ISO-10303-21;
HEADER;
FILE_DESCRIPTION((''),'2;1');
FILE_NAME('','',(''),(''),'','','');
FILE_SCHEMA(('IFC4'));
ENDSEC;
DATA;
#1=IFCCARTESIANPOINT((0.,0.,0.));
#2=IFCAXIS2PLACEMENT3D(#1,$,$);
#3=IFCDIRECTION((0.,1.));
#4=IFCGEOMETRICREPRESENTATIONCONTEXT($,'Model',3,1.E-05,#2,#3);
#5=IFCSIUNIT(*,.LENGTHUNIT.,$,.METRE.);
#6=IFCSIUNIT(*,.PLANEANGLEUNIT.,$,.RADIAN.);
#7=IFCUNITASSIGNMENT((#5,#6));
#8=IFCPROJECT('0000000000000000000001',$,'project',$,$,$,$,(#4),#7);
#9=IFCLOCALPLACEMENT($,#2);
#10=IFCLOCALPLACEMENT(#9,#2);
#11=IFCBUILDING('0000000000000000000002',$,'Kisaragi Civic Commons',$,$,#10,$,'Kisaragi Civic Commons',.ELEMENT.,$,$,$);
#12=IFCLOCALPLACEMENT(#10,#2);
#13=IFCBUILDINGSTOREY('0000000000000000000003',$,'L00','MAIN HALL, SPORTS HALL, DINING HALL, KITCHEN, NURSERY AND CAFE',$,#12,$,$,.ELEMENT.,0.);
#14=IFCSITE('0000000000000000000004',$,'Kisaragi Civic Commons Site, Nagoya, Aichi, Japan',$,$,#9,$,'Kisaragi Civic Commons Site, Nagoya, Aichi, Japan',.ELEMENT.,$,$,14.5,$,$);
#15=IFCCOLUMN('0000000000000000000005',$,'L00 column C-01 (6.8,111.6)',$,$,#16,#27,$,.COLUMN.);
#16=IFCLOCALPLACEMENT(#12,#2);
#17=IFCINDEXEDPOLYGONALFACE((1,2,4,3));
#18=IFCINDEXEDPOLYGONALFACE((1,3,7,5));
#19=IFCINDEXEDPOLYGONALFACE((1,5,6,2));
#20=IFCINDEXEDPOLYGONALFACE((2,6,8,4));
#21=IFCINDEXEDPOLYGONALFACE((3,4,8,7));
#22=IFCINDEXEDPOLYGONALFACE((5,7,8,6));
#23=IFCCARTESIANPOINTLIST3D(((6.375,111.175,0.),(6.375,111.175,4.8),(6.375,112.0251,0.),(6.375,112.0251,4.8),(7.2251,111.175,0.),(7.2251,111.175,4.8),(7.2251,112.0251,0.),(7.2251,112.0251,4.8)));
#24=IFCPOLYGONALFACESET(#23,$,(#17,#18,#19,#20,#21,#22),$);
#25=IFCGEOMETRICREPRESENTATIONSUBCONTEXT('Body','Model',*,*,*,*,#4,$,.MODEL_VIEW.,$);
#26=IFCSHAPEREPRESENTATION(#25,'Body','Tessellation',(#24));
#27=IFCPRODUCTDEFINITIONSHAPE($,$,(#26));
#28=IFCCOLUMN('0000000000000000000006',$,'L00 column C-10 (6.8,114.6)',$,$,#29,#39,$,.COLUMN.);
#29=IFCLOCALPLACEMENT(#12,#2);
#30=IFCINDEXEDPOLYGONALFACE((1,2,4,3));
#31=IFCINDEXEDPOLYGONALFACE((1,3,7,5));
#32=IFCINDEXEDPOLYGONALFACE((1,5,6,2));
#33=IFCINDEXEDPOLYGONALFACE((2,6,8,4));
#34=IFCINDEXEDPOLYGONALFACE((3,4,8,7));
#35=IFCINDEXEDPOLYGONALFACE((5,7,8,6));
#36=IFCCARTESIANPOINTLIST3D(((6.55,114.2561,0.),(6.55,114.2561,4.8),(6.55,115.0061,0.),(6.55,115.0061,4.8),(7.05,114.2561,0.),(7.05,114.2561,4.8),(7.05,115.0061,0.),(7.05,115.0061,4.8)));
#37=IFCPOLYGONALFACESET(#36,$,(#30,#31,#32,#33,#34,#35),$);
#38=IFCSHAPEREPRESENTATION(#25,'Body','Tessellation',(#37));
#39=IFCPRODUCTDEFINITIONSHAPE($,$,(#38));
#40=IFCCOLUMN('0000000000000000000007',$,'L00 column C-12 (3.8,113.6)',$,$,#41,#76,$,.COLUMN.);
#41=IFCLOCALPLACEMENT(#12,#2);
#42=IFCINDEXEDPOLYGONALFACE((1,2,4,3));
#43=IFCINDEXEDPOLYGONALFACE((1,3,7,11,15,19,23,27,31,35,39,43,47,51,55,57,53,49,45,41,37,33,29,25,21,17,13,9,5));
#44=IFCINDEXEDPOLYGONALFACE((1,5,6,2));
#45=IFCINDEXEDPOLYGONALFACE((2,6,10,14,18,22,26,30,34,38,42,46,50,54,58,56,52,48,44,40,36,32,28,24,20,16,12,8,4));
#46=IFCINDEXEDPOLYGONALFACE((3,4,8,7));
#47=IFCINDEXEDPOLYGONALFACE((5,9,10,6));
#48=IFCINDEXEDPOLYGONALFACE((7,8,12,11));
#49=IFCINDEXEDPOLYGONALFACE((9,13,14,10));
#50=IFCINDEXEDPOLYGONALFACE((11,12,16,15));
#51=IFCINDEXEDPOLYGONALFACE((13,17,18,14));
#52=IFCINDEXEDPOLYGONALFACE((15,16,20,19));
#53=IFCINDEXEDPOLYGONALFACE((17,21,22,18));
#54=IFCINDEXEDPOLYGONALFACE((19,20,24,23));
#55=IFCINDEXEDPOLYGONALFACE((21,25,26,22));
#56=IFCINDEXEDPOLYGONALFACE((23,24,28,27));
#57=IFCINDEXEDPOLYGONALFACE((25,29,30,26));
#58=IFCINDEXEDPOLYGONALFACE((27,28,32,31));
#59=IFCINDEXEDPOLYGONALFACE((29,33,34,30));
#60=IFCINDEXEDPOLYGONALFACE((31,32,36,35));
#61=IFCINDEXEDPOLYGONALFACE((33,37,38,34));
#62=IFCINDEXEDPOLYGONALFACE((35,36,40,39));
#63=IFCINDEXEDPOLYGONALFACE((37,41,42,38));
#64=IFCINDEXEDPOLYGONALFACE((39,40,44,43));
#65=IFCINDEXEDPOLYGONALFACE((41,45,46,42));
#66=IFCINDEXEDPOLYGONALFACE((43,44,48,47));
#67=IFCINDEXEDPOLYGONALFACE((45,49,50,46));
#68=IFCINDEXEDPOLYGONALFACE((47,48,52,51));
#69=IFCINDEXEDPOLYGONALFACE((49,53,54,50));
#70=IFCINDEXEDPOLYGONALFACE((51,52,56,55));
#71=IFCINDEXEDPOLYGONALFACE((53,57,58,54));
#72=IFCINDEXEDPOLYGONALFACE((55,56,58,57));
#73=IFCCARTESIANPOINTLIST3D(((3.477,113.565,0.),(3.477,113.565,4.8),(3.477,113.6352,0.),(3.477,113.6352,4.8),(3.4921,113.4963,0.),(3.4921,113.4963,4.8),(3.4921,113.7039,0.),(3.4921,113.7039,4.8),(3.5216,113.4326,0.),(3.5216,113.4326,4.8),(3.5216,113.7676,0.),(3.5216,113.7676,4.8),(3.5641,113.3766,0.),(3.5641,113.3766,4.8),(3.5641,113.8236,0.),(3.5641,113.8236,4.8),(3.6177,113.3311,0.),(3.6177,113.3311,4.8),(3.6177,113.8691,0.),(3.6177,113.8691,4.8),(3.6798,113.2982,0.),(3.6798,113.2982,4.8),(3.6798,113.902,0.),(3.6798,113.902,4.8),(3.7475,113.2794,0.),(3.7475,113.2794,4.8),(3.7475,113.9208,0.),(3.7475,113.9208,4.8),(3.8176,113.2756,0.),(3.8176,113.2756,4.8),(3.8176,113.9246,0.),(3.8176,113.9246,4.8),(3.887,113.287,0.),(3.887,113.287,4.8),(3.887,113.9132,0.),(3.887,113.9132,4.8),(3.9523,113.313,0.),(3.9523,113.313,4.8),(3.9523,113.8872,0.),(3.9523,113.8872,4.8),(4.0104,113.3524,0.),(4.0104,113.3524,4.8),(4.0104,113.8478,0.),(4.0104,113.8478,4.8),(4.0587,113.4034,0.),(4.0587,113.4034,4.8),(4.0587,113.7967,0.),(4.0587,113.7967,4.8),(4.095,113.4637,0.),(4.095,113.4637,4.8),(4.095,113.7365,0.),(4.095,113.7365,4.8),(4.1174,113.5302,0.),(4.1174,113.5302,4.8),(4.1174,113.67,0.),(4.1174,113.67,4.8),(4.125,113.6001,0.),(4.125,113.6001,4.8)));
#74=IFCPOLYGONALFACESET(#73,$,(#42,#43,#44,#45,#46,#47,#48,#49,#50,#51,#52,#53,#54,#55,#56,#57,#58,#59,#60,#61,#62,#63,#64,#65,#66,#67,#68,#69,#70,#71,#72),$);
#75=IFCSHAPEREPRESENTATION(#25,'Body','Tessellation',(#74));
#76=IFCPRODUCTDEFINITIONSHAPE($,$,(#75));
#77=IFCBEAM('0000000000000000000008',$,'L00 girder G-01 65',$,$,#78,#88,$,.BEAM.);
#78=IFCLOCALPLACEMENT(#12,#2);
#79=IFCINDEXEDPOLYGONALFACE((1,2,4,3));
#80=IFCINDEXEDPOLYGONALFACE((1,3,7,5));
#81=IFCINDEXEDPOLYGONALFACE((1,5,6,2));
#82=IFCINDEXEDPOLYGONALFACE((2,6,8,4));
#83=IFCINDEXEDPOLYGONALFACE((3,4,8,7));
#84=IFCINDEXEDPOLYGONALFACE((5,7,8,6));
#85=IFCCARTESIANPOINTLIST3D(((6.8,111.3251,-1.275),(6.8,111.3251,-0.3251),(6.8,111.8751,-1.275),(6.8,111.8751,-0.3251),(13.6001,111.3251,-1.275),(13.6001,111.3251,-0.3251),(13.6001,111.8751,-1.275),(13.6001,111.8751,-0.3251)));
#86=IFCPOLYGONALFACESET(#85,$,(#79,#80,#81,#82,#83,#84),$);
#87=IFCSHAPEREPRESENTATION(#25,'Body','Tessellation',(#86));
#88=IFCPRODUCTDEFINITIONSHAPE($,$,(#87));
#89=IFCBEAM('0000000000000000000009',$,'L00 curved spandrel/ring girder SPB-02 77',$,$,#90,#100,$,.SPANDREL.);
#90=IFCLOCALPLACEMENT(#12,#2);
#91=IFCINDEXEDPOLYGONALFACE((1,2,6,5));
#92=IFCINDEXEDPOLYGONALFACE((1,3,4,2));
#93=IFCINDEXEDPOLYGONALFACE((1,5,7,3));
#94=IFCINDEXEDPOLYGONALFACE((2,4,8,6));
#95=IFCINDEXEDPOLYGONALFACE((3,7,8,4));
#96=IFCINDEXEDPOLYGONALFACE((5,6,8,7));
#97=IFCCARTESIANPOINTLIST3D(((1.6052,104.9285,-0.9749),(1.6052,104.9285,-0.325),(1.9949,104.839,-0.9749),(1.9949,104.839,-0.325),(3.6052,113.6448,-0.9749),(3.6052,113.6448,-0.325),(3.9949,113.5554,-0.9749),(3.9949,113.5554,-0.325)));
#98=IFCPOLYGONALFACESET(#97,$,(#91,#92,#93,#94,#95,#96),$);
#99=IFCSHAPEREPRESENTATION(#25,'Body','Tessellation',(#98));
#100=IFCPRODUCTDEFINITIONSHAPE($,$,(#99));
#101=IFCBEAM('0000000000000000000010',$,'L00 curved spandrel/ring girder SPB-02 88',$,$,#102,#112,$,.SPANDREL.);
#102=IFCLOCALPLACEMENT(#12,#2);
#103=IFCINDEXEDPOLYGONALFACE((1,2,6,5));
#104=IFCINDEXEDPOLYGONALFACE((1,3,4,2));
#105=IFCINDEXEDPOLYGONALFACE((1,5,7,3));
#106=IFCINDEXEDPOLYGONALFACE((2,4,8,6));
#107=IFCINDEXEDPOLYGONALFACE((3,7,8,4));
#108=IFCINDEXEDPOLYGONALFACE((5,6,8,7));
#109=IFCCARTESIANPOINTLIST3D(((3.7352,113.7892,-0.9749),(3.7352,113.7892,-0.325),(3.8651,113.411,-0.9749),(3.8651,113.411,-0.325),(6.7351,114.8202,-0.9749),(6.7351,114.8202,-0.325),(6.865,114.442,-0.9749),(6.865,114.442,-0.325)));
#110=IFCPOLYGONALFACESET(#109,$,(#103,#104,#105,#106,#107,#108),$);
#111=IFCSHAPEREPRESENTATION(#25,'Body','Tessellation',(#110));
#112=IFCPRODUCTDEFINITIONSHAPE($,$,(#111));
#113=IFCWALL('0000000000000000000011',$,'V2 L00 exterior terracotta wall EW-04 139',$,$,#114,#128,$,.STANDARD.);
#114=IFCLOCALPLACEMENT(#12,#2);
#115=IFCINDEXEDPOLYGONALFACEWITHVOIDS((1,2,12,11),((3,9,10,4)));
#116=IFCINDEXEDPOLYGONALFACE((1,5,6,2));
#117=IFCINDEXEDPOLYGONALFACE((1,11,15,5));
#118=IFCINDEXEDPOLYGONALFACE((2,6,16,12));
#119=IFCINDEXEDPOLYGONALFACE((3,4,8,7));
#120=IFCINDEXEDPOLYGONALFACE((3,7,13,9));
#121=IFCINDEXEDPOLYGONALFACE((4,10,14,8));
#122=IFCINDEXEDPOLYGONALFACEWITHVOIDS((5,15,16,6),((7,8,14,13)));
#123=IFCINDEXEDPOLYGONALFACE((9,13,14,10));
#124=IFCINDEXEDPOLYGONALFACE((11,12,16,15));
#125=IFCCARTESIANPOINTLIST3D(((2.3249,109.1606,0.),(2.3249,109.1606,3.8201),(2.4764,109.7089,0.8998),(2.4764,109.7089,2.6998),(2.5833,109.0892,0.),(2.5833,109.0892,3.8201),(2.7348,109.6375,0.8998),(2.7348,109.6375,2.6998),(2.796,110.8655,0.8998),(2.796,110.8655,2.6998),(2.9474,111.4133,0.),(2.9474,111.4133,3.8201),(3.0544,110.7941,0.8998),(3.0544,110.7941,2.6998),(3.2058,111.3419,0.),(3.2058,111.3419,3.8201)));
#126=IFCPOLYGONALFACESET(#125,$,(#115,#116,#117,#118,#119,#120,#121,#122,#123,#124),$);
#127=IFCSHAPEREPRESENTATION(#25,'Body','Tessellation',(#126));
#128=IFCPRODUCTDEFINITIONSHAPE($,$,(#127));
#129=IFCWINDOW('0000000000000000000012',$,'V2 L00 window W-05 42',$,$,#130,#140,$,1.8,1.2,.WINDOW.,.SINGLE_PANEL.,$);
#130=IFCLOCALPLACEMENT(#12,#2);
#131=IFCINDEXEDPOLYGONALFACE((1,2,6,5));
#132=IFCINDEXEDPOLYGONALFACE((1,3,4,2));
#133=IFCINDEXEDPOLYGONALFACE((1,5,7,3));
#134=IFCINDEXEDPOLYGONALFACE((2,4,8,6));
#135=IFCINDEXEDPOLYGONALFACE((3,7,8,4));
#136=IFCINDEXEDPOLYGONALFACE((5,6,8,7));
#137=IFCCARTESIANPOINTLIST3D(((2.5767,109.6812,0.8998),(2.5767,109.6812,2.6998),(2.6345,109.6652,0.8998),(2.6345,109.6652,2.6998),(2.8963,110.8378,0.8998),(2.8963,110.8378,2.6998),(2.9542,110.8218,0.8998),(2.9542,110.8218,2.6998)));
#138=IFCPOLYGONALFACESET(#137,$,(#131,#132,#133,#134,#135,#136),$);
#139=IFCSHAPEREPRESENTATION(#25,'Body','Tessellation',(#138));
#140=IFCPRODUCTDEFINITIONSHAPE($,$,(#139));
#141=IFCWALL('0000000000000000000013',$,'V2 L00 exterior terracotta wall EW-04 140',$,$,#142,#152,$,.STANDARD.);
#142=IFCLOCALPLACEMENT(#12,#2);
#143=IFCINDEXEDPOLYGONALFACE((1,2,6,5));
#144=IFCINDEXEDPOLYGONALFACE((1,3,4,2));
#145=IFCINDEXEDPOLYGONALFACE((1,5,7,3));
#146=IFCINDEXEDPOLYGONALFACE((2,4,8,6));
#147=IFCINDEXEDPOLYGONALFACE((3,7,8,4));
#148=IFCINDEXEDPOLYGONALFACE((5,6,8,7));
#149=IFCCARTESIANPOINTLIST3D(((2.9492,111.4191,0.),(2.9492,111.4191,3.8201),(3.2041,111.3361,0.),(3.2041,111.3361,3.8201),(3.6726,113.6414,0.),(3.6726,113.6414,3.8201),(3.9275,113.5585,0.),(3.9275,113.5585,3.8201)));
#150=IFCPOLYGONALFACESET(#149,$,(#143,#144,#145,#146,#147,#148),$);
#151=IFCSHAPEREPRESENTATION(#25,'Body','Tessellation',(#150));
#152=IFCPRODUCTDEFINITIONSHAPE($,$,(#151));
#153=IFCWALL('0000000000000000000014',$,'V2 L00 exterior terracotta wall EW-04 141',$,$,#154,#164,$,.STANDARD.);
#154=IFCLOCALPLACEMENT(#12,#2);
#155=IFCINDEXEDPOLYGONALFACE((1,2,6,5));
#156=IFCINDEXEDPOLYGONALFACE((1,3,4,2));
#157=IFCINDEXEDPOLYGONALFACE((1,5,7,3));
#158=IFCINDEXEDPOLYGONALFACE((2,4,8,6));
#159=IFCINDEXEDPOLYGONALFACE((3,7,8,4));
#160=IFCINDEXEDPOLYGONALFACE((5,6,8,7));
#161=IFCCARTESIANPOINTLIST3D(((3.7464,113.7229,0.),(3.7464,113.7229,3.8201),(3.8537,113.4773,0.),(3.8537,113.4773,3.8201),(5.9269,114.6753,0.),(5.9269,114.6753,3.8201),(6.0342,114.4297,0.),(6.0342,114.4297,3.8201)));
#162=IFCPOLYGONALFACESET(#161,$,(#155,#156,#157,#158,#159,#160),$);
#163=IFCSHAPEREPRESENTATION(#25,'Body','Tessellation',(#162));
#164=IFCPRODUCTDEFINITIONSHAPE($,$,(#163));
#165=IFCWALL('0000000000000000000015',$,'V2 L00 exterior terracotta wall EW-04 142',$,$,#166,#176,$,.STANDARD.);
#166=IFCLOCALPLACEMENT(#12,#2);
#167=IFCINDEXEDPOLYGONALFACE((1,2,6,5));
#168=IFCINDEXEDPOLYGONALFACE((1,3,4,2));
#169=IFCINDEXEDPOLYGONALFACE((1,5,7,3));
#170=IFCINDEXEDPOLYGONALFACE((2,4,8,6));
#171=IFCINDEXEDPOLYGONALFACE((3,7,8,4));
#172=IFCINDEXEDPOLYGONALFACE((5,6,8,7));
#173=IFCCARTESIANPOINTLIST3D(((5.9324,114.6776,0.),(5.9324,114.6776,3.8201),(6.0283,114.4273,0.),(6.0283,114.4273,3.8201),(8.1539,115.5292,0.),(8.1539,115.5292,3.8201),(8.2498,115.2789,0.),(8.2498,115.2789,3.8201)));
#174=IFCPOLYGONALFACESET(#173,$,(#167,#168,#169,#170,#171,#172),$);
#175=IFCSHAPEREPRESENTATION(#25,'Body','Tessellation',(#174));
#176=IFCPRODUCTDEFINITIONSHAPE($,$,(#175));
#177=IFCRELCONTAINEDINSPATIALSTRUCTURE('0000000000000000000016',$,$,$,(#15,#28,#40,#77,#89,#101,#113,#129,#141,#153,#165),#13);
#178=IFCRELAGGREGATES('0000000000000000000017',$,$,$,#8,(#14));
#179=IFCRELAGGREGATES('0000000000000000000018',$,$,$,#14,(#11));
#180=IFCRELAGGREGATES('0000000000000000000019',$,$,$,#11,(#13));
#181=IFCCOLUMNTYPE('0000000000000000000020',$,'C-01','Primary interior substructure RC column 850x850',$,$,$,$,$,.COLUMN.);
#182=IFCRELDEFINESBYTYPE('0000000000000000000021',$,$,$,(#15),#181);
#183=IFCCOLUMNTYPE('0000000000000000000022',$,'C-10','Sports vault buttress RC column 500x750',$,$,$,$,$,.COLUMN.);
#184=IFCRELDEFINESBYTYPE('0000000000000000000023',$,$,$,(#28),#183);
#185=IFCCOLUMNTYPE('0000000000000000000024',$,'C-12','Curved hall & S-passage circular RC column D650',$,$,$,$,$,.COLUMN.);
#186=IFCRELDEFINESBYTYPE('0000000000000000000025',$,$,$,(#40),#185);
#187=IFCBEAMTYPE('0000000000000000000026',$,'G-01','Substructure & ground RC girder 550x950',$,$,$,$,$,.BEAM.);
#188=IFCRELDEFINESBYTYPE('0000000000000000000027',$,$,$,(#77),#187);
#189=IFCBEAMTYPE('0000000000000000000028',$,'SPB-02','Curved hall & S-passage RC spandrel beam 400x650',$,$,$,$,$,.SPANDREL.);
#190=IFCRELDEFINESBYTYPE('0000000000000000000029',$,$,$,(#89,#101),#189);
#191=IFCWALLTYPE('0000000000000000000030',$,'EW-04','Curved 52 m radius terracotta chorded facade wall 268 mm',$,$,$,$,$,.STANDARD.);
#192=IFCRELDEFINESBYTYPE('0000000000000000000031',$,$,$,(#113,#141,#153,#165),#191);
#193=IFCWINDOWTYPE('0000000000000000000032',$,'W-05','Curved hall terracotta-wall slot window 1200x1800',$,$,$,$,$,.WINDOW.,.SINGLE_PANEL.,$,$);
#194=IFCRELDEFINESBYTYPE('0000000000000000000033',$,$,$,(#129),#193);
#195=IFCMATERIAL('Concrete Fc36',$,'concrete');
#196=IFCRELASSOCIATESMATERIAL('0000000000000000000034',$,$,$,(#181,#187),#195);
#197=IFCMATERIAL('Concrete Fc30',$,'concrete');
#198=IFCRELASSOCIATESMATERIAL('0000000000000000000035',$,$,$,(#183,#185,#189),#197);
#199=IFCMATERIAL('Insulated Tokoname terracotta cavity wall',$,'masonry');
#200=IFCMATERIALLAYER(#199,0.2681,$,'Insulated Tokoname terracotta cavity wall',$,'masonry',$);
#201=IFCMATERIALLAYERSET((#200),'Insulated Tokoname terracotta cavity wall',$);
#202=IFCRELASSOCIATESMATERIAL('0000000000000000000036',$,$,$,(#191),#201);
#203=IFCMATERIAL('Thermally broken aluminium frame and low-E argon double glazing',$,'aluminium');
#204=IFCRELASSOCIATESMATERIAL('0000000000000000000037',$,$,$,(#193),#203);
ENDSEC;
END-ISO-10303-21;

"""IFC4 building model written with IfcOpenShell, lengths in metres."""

from ifc_helpers import new_model, si_unit, direction, frame, frame_2d, origin, origin_2d, place, context, subcontext, project, spatial, rectangle, circle, extrude, material, layer, layer_set, material_profile, profile_set, type_object, element, fill, save


model = new_model("IFC4")

# Units and contexts
model_context = context("Model", 3, precision=1e-05, world=origin(), true_north=direction((0.0, 1.0)))
body_context = subcontext(model_context, "Body", "Model", "MODEL_VIEW")
ifc_project = project(units=[si_unit("LENGTHUNIT", "METRE"), si_unit("PLANEANGLEUNIT", "RADIAN")], contexts=[model_context])

# Site, building, storey
site_placement = place(None, origin())
site = spatial("IfcSite", under=ifc_project, at=site_placement, Name="Kisaragi Civic Commons Site, Nagoya, Aichi, Japan", LongName="Kisaragi Civic Commons Site, Nagoya, Aichi, Japan", CompositionType="ELEMENT", RefElevation=14.5)
building_placement = place(site_placement, origin())
building = spatial("IfcBuilding", under=site, at=building_placement, Name="Kisaragi Civic Commons", LongName="Kisaragi Civic Commons", CompositionType="ELEMENT")
storey_placement = place(building_placement, origin())
storey = spatial("IfcBuildingStorey", under=building, at=storey_placement, Name="L00", Description="MAIN HALL, SPORTS HALL, DINING HALL, KITCHEN, NURSERY AND CAFE", CompositionType="ELEMENT", Elevation=0.0)

# Columns
ifc_material_1 = material(Name="Concrete Fc36", Category="concrete")
ifc_material_profile_1 = material_profile(ifc_material_1, rectangle(XDim=0.8501, YDim=0.8501, at=origin_2d()), Name="RC-850x850", Category="concrete")
ifc_profile_set_1 = profile_set([ifc_material_profile_1], Name="Concrete Fc36")
column_type_1 = type_object("IfcColumnType", Name="C-01", Description="Primary interior substructure RC column 850x850", PredefinedType="COLUMN", material=ifc_profile_set_1)
column_1_placement = place(storey_placement, frame((6.8, 111.6001, 0.0), z_axis=(0.0, 0.0, 1.0), x_axis=(1.0, 0.0, 0.0)))
element("IfcColumn", 1, at=column_1_placement, inside=storey, type_object=column_type_1, Name="L00 column C-01 (6.8,111.6)", PredefinedType="COLUMN", context=body_context, shape_type="SweptSolid", body=[
    extrude(rectangle(XDim=0.8501, YDim=0.8501, at=origin_2d()), origin(), (0.0, 0.0, 1.0), 4.8),
])
ifc_material_2 = material(Name="Concrete Fc30", Category="concrete")
ifc_material_profile_2 = material_profile(ifc_material_2, rectangle(XDim=0.5, YDim=0.75, at=origin_2d()), Name="RC-500x750", Category="concrete")
ifc_profile_set_2 = profile_set([ifc_material_profile_2], Name="Concrete Fc30")
column_type_2 = type_object("IfcColumnType", Name="C-10", Description="Sports vault buttress RC column 500x750", PredefinedType="COLUMN", material=ifc_profile_set_2)
column_2_placement = place(storey_placement, frame((6.8, 114.6311, 0.0), z_axis=(0.0, 0.0, 1.0), x_axis=(1.0, 0.0, 0.0)))
element("IfcColumn", 2, at=column_2_placement, inside=storey, type_object=column_type_2, Name="L00 column C-10 (6.8,114.6)", PredefinedType="COLUMN", context=body_context, shape_type="SweptSolid", body=[
    extrude(rectangle(XDim=0.5, YDim=0.75, at=origin_2d()), origin(), (0.0, 0.0, 1.0), 4.8),
])
ifc_material_profile_3 = material_profile(ifc_material_2, circle(Radius=0.325, at=origin_2d()), Name="RC-D650", Category="concrete")
ifc_profile_set_3 = profile_set([ifc_material_profile_3], Name="Concrete Fc30")
column_type_3 = type_object("IfcColumnType", Name="C-12", Description="Curved hall & S-passage circular RC column D650", PredefinedType="COLUMN", material=ifc_profile_set_3)
column_3_placement = place(storey_placement, frame((3.8, 113.6001, 0.0), z_axis=(0.0, 0.0, 1.0), x_axis=(1.0, 0.0, 0.0)))
element("IfcColumn", 3, at=column_3_placement, inside=storey, type_object=column_type_3, Name="L00 column C-12 (3.8,113.6)", PredefinedType="COLUMN", context=body_context, shape_type="SweptSolid", body=[
    extrude(circle(Radius=0.325, at=origin_2d()), origin(), (0.0, 0.0, 1.0), 4.8),
])

# Beams
ifc_material_profile_4 = material_profile(ifc_material_1, rectangle(XDim=0.55, YDim=0.95, at=origin_2d()), Name="RC-550x950", Category="concrete")
ifc_profile_set_4 = profile_set([ifc_material_profile_4], Name="Concrete Fc36")
beam_type_1 = type_object("IfcBeamType", Name="G-01", Description="Substructure & ground RC girder 550x950", PredefinedType="BEAM", material=ifc_profile_set_4)
beam_1_placement = place(storey_placement, frame((6.8, 111.6001, -0.8), z_axis=(1.0, 0.0, 0.0), x_axis=(0.0, 1.0, 0.0)))
element("IfcBeam", 4, at=beam_1_placement, inside=storey, type_object=beam_type_1, Name="L00 girder G-01 65", PredefinedType="BEAM", context=body_context, shape_type="SweptSolid", body=[
    extrude(rectangle(XDim=0.55, YDim=0.95, at=origin_2d()), origin(), (0.0, 0.0, 1.0), 6.8),
])
ifc_material_profile_5 = material_profile(ifc_material_2, rectangle(XDim=0.3999, YDim=0.6499, at=origin_2d()), Name="RC-400x650", Category="concrete")
ifc_profile_set_5 = profile_set([ifc_material_profile_5], Name="Concrete Fc30")
beam_type_2 = type_object("IfcBeamType", Name="SPB-02", Description="Curved hall & S-passage RC spandrel beam 400x650", PredefinedType="SPANDREL", material=ifc_profile_set_5)
beam_2_placement = place(storey_placement, frame((3.8, 113.6001, -0.6499), z_axis=(-0.223643, -0.974671, 0.0), x_axis=(0.974671, -0.223643, 0.0)))
element("IfcBeam", 5, at=beam_2_placement, inside=storey, type_object=beam_type_2, Name="L00 curved spandrel/ring girder SPB-02 77", PredefinedType="SPANDREL", context=body_context, shape_type="SweptSolid", body=[
    extrude(rectangle(XDim=0.3999, YDim=0.6499, at=origin_2d()), origin(), (0.0, 0.0, 1.0), 8.9429),
])
beam_3_placement = place(storey_placement, frame((6.8, 114.6311, -0.6499), z_axis=(-0.94571, -0.325011, 0.0), x_axis=(0.325011, -0.94571, 0.0)))
element("IfcBeam", 6, at=beam_3_placement, inside=storey, type_object=beam_type_2, Name="L00 curved spandrel/ring girder SPB-02 88", PredefinedType="SPANDREL", context=body_context, shape_type="SweptSolid", body=[
    extrude(rectangle(XDim=0.3999, YDim=0.6499, at=origin_2d()), origin(), (0.0, 0.0, 1.0), 3.1721),
])

# Wall, opening, window
ifc_material_3 = material(Name="Insulated Tokoname terracotta cavity wall", Category="masonry")
ifc_layer_1 = layer(ifc_material_3, 0.2681, Name="Insulated Tokoname terracotta cavity wall", Category="masonry")
ifc_layer_set_1 = layer_set([ifc_layer_1], Name="Insulated Tokoname terracotta cavity wall")
wall_type_1 = type_object("IfcWallType", Name="EW-04", Description="Curved 52 m radius terracotta chorded facade wall 268 mm", PredefinedType="STANDARD", material=ifc_layer_set_1)
wall_1_placement = place(storey_placement, frame((2.4541, 109.125, 0.0), z_axis=(0.0, 0.0, 1.0), x_axis=(0.266378, 0.963869, 0.0)))
wall_1 = element("IfcWall", 7, at=wall_1_placement, inside=storey, type_object=wall_type_1, Name="V2 L00 exterior terracotta wall EW-04 139", PredefinedType="STANDARD", context=body_context, shape_type="SweptSolid", body=[
    extrude(rectangle(XDim=2.3372, YDim=0.2681, at=frame_2d((1.1685, 0.0))), origin(), (0.0, 0.0, 1.0), 3.8201),
])
opening_1_placement = place(wall_1_placement, frame((0.5686, 0.0, 0.8999)))
opening_1 = element("IfcOpeningElement", 8, at=opening_1_placement, cuts=wall_1, PredefinedType="OPENING", context=body_context, shape_type="SweptSolid", body=[
    extrude(rectangle(XDim=1.2, YDim=1.8, at=frame_2d((0.6001, 0.8999))), frame((0.0, 0.144, 0.0), z_axis=(0.0, -1.0, 0.0), x_axis=(1.0, 0.0, 0.0)), (0.0, 0.0, 1.0), 0.2881),
])
ifc_material_4 = material(Name="Thermally broken aluminium frame and low-E argon double glazing", Category="aluminium")
window_type = type_object("IfcWindowType", Name="W-05", Description="Curved hall terracotta-wall slot window 1200x1800", PartitioningType="SINGLE_PANEL", PredefinedType="WINDOW", material=ifc_material_4)
window_1_placement = place(opening_1_placement, origin())
window_1 = element("IfcWindow", 9, at=window_1_placement, inside=storey, type_object=window_type, Name="V2 L00 window W-05 42", OverallHeight=1.8, OverallWidth=1.2, PartitioningType="SINGLE_PANEL", PredefinedType="WINDOW", context=body_context, shape_type="SweptSolid", body=[
    extrude(rectangle(XDim=1.2, YDim=1.8, at=frame_2d((0.6001, 0.8999))), frame((0.0, 0.03, 0.0), z_axis=(0.0, -1.0, 0.0), x_axis=(1.0, 0.0, 0.0)), (0.0, 0.0, 1.0), 0.0601),
])
fill(opening_1, window_1)

# Walls
wall_2_placement = place(storey_placement, frame((3.0767, 111.3777, 0.0), z_axis=(0.0, 0.0, 1.0), x_axis=(0.309514, 0.950895, 0.0)))
element("IfcWall", 10, at=wall_2_placement, inside=storey, type_object=wall_type_1, Name="V2 L00 exterior terracotta wall EW-04 140", PredefinedType="STANDARD", context=body_context, shape_type="SweptSolid", body=[
    extrude(rectangle(XDim=2.3372, YDim=0.2681, at=frame_2d((1.1685, 0.0))), origin(), (0.0, 0.0, 1.0), 3.8201),
])
wall_3_placement = place(storey_placement, frame((3.8, 113.6001, 0.0), z_axis=(0.0, 0.0, 1.0), x_axis=(0.916395, 0.400275, 0.0)))
element("IfcWall", 11, at=wall_3_placement, inside=storey, type_object=wall_type_1, Name="V2 L00 exterior terracotta wall EW-04 141", PredefinedType="STANDARD", context=body_context, shape_type="SweptSolid", body=[
    extrude(rectangle(XDim=2.3794, YDim=0.2681, at=frame_2d((1.1897, 0.0))), origin(), (0.0, 0.0, 1.0), 3.8201),
])
wall_4_placement = place(storey_placement, frame((5.9805, 114.5525, 0.0), z_axis=(0.0, 0.0, 1.0), x_axis=(0.933744, 0.35794, 0.0)))
element("IfcWall", 12, at=wall_4_placement, inside=storey, type_object=wall_type_1, Name="V2 L00 exterior terracotta wall EW-04 142", PredefinedType="STANDARD", context=body_context, shape_type="SweptSolid", body=[
    extrude(rectangle(XDim=2.3792, YDim=0.2681, at=frame_2d((1.1895, 0.0))), origin(), (0.0, 0.0, 1.0), 3.8201),
])

save(model, "model.ifc")
